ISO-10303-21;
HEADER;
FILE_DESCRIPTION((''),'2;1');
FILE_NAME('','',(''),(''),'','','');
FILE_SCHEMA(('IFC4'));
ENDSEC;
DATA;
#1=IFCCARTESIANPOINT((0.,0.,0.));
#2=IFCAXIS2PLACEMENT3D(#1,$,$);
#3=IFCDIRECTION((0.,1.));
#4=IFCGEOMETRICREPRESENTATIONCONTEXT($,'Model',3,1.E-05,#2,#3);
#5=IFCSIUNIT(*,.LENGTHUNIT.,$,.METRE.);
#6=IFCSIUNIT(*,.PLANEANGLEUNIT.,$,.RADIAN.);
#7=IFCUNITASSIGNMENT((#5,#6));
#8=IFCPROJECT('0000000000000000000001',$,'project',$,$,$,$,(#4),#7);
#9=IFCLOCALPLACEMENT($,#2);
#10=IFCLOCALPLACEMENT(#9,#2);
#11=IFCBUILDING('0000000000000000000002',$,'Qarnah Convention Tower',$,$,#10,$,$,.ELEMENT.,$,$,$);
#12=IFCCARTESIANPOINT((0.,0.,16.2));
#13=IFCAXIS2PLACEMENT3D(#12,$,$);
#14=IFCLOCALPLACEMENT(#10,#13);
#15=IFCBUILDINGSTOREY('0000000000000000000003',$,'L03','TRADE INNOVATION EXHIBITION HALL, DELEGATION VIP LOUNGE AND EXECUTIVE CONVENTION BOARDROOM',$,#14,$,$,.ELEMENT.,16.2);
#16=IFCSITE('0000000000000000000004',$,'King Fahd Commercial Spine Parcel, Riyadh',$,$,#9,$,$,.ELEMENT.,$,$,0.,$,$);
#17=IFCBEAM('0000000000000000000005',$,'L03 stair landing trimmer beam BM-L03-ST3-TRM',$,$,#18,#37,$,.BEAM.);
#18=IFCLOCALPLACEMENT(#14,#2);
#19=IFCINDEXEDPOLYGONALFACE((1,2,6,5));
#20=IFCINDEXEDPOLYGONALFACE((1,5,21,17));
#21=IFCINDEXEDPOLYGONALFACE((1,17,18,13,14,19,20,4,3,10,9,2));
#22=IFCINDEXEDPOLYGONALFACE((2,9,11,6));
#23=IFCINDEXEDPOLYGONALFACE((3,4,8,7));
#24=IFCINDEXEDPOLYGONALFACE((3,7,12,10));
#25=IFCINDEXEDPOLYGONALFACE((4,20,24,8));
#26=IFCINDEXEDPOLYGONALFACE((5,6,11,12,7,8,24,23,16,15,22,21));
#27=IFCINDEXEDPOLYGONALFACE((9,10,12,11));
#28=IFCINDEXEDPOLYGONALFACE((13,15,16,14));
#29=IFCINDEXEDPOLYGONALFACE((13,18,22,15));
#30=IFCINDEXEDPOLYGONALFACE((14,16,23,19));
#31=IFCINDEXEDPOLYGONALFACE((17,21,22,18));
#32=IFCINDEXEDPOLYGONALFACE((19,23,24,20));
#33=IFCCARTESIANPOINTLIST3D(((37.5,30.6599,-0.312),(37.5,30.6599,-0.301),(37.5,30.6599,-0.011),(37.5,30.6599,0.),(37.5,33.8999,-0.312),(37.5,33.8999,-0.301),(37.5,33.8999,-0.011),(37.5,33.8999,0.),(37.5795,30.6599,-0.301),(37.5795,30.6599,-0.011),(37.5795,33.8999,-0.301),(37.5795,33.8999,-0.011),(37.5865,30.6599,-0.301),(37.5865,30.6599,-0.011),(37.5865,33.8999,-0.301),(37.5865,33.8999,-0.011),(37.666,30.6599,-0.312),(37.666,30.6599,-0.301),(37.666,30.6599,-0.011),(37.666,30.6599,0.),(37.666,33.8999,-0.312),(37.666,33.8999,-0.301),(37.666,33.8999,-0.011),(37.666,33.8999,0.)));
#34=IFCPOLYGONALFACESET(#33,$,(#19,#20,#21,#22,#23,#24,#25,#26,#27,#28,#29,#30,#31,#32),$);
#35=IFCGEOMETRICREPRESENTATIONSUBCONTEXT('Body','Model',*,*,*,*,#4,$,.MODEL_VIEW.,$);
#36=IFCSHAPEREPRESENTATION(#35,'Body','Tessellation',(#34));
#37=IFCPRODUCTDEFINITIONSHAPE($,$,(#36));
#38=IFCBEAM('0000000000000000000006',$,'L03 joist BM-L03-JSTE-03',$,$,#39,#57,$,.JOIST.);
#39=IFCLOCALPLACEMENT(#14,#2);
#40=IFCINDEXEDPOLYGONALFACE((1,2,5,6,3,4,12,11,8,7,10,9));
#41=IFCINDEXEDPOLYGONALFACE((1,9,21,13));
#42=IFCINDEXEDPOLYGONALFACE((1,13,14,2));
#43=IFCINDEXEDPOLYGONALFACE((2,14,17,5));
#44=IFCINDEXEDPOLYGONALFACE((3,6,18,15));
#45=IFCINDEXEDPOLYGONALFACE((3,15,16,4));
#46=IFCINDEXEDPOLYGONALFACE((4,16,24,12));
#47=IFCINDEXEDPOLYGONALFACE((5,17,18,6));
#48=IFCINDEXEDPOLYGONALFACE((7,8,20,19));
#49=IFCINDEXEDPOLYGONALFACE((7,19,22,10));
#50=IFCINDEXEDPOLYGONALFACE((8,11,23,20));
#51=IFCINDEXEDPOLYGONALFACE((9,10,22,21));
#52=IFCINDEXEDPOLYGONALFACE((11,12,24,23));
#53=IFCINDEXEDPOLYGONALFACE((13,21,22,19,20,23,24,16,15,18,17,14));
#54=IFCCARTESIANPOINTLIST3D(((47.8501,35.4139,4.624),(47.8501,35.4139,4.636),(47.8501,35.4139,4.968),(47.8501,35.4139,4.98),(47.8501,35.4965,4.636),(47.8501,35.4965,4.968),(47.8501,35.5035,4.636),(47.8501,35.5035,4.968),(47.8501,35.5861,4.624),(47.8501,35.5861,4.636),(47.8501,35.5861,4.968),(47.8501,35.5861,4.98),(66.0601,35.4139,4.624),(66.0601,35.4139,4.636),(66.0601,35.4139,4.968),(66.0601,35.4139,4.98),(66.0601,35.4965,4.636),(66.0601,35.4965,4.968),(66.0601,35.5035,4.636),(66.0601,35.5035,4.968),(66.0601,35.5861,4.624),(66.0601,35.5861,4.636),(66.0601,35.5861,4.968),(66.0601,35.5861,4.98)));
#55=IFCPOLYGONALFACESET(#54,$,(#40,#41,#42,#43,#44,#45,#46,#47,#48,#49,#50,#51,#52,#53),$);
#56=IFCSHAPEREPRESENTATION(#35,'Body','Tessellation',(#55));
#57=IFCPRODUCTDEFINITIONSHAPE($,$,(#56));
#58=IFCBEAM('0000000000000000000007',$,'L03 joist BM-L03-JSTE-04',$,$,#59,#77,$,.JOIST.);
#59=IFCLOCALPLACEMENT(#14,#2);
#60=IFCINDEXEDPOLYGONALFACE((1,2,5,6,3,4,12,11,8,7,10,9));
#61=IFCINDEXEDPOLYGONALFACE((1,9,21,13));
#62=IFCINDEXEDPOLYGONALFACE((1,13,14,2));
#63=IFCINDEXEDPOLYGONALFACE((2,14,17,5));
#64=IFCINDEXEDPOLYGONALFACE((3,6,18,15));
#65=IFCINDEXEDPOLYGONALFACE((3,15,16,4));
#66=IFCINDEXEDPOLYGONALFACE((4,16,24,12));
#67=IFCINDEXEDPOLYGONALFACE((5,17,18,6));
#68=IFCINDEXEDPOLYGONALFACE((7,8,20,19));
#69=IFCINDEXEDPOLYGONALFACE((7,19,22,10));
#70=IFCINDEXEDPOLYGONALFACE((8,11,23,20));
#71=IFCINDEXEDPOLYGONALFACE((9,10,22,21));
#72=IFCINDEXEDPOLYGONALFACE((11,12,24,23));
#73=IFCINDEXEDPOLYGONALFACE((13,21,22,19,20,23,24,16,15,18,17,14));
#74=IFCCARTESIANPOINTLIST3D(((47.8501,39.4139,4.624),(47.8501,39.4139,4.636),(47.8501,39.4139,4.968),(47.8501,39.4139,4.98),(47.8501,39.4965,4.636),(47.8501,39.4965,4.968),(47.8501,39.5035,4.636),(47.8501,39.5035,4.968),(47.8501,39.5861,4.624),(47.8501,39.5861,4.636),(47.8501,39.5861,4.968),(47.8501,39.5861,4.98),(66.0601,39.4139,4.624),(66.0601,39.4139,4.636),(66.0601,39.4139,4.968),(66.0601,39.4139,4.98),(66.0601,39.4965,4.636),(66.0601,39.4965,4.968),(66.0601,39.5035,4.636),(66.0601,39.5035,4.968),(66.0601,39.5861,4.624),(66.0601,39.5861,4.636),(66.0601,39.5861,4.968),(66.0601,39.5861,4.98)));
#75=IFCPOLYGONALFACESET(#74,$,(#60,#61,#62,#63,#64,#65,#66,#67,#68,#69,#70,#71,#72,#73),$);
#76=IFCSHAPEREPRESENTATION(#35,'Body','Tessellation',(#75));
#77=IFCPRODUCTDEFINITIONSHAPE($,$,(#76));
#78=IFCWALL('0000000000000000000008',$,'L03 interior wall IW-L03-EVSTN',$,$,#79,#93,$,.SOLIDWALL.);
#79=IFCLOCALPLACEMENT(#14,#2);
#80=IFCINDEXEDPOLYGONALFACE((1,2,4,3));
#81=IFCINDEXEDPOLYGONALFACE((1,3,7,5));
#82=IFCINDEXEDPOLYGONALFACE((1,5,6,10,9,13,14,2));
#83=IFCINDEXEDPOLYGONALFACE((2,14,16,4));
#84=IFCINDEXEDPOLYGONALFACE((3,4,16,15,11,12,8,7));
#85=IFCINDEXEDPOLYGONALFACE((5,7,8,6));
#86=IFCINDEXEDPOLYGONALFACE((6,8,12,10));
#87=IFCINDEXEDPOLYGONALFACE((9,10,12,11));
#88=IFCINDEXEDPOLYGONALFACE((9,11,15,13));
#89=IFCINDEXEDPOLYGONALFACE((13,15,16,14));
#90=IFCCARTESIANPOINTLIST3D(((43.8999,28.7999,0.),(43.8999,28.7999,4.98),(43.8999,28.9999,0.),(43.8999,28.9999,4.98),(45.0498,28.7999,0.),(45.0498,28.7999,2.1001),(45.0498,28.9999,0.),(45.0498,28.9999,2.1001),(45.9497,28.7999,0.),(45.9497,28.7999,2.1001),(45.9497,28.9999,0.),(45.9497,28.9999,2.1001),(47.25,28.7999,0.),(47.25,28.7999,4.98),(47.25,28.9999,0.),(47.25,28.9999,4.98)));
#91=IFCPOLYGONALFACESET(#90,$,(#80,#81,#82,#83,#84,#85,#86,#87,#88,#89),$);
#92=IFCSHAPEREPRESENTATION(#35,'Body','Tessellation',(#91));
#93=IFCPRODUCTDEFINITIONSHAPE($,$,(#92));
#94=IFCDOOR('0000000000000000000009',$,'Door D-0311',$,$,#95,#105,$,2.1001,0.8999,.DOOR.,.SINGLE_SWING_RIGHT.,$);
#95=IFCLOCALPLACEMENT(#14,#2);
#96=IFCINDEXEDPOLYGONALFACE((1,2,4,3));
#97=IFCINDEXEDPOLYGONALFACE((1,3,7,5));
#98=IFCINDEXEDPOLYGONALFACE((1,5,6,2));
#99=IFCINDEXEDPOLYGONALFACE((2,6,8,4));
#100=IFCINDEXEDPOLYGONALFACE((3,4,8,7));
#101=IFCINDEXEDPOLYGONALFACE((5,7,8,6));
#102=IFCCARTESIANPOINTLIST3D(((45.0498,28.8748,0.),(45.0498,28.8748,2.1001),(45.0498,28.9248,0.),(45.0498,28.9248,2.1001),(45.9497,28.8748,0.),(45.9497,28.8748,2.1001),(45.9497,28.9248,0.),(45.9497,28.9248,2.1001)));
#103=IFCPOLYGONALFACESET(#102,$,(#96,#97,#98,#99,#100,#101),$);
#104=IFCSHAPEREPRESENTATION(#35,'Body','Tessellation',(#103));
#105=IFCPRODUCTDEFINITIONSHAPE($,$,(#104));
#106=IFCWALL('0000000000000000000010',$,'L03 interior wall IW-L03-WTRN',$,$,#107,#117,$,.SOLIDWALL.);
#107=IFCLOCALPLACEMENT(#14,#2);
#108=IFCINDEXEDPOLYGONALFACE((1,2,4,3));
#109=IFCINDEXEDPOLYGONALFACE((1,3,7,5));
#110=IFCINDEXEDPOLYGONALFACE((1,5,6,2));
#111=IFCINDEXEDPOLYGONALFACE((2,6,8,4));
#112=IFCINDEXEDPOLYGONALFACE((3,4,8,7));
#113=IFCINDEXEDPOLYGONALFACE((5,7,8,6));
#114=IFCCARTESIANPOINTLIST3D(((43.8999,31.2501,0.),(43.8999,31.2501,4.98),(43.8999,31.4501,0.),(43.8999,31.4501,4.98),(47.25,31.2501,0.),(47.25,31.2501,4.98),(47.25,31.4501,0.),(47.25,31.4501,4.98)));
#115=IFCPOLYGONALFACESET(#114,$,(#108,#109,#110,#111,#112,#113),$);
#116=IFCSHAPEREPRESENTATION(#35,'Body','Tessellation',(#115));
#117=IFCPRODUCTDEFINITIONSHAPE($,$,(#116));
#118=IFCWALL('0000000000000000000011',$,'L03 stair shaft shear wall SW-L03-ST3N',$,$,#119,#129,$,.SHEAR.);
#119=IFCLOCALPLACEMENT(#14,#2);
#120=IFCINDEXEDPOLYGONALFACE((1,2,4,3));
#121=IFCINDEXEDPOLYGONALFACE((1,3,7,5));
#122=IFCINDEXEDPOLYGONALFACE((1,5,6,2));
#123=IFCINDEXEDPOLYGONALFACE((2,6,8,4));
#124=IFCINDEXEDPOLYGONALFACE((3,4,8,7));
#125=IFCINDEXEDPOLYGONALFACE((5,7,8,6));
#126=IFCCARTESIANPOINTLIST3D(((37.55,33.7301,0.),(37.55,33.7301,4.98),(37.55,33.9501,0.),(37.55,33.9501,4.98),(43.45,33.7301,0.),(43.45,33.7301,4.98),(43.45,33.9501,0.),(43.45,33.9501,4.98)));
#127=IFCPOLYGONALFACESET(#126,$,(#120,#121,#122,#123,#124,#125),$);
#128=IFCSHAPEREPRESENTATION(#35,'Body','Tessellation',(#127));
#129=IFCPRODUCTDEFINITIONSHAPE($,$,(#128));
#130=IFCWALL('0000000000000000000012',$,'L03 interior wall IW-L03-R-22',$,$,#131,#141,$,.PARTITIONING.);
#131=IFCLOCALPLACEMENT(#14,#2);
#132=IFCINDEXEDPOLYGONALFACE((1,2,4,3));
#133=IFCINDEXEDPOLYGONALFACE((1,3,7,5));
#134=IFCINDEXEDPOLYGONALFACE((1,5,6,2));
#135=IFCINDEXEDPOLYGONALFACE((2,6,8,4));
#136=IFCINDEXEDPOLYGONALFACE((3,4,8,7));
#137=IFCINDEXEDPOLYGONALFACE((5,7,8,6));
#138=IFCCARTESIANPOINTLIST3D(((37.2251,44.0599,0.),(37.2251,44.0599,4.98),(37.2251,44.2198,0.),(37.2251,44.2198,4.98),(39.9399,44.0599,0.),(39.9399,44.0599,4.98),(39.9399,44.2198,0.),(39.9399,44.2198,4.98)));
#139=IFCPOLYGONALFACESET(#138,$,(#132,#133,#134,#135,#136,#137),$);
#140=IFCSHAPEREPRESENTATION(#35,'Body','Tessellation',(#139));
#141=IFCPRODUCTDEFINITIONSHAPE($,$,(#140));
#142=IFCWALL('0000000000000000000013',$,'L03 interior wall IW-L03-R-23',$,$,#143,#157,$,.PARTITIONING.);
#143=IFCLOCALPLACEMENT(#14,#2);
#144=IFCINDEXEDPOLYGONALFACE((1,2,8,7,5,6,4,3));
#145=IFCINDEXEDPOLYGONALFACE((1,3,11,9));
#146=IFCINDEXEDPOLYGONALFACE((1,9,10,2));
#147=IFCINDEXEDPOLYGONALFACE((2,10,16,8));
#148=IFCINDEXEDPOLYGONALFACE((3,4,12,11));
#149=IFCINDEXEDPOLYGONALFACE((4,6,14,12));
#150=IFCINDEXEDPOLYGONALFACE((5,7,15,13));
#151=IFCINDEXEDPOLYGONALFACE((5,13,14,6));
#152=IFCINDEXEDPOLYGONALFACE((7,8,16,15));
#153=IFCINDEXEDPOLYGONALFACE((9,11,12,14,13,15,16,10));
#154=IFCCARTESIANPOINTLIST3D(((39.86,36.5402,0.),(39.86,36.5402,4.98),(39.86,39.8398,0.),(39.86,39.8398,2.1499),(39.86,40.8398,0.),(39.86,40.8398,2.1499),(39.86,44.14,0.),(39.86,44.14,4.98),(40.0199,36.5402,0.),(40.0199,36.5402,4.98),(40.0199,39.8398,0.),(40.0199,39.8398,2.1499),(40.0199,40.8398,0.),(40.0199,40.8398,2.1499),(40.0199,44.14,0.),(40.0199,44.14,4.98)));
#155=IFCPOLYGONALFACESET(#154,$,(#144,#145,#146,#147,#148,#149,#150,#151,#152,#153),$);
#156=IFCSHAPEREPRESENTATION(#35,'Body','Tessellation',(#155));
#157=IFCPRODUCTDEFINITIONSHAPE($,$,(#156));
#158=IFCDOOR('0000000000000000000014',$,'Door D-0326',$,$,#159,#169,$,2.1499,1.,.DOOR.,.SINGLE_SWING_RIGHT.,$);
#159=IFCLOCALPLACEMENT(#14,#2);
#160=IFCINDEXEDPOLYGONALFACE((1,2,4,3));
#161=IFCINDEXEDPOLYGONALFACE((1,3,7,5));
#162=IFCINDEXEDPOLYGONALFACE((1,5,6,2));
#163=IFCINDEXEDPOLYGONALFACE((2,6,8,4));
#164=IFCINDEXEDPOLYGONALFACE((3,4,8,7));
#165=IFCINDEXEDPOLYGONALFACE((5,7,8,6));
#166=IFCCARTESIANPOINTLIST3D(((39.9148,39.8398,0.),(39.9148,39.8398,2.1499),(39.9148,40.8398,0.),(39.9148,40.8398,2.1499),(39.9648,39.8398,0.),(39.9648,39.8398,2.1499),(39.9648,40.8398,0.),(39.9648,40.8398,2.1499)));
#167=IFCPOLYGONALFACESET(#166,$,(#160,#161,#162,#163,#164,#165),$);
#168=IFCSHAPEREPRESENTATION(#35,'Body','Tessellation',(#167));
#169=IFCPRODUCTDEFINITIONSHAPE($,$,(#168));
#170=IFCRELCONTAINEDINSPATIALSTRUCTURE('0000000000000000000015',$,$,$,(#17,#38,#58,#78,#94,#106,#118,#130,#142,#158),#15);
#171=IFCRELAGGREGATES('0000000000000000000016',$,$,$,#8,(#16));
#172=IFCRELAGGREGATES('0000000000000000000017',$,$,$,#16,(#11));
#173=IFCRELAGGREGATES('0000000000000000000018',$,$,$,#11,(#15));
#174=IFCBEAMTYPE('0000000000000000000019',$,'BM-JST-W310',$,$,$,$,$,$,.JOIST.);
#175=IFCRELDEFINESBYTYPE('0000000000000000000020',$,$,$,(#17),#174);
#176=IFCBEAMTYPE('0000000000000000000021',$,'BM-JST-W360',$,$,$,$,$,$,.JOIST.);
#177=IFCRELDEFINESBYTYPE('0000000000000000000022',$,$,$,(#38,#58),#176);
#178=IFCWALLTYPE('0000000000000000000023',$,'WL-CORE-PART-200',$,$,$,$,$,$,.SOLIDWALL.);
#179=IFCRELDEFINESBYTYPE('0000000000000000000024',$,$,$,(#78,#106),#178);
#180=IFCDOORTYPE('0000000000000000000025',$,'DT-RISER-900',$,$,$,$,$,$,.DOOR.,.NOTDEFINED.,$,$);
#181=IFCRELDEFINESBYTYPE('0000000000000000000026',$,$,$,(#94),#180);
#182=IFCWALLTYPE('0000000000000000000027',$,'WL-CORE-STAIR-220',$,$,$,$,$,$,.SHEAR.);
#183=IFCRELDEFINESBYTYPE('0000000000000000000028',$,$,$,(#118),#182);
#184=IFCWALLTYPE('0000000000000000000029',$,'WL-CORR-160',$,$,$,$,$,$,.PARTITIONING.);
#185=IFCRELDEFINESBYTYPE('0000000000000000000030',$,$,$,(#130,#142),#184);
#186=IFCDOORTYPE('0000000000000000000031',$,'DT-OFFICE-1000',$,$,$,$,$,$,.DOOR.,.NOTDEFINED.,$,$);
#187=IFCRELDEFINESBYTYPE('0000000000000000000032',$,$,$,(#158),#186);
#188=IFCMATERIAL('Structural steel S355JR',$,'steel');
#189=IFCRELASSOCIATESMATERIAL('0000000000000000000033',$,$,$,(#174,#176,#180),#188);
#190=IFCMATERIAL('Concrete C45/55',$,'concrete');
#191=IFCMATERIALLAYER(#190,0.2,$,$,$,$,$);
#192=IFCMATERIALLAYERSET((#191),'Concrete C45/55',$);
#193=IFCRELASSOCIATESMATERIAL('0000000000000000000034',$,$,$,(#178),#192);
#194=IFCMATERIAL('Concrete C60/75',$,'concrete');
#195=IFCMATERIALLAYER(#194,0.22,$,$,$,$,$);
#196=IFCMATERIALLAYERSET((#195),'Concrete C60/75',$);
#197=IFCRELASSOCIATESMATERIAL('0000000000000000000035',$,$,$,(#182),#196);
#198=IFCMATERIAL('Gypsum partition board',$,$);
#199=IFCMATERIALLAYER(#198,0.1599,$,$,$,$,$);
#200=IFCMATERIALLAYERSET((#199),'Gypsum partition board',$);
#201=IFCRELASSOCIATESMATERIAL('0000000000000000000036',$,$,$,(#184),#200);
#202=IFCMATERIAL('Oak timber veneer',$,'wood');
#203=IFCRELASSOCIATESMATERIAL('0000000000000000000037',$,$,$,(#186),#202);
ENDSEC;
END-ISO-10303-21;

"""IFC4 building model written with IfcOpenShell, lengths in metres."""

from ifc_helpers import new_model, si_unit, direction, frame, frame_2d, origin, origin_2d, place, context, subcontext, project, spatial, rectangle, i_section, extrude, material, layer, layer_set, material_profile, profile_set, type_object, element, fill, save


model = new_model("IFC4")

# Units and contexts
model_context = context("Model", 3, precision=1e-05, world=origin(), true_north=direction((0.0, 1.0)))
body_context = subcontext(model_context, "Body", "Model", "MODEL_VIEW")
ifc_project = project(units=[si_unit("LENGTHUNIT", "METRE"), si_unit("PLANEANGLEUNIT", "RADIAN")], contexts=[model_context])

# Site, building, storey
site_placement = place(None, origin())
site = spatial("IfcSite", under=ifc_project, at=site_placement, Name="King Fahd Commercial Spine Parcel, Riyadh", CompositionType="ELEMENT", RefElevation=0.0)
building_placement = place(site_placement, origin())
building = spatial("IfcBuilding", under=site, at=building_placement, Name="Qarnah Convention Tower", CompositionType="ELEMENT")
storey_placement = place(building_placement, frame((0.0, 0.0, 16.2)))
storey = spatial("IfcBuildingStorey", under=building, at=storey_placement, Name="L03", Description="TRADE INNOVATION EXHIBITION HALL, DELEGATION VIP LOUNGE AND EXECUTIVE CONVENTION BOARDROOM", CompositionType="ELEMENT", Elevation=16.2)

# Beams
ifc_material_1 = material(Name="Structural steel S355JR", Category="steel")
ifc_material_profile_1 = material_profile(ifc_material_1, i_section(OverallWidth=0.166, OverallDepth=0.312, WebThickness=0.0071, FlangeThickness=0.011, at=origin_2d()), Name="W310X45")
ifc_profile_set_1 = profile_set([ifc_material_profile_1], Name="Structural steel S355JR")
beam_type_1 = type_object("IfcBeamType", Name="BM-JST-W310", PredefinedType="JOIST", material=ifc_profile_set_1)
beam_placement = place(storey_placement, frame((37.583, 30.6599, -0.156), z_axis=(0.0, 1.0, 0.0), x_axis=(-1.0, 0.0, 0.0)))
element("IfcBeam", 1, at=beam_placement, inside=storey, type_object=beam_type_1, Name="L03 stair landing trimmer beam BM-L03-ST3-TRM", PredefinedType="BEAM", context=body_context, shape_type="SweptSolid", body=[
    extrude(i_section(OverallWidth=0.166, OverallDepth=0.312, WebThickness=0.0071, FlangeThickness=0.011, at=origin_2d()), origin(), (0.0, 0.0, 1.0), 3.24),
])
ifc_material_profile_2 = material_profile(ifc_material_1, i_section(OverallWidth=0.1721, OverallDepth=0.356, WebThickness=0.0071, FlangeThickness=0.012, at=origin_2d()), Name="W360X51")
ifc_profile_set_2 = profile_set([ifc_material_profile_2], Name="Structural steel S355JR")
beam_type_2 = type_object("IfcBeamType", Name="BM-JST-W360", PredefinedType="JOIST", material=ifc_profile_set_2)
for number, where, z_axis, x_axis, name in (
    (2, (47.8501, 35.5, 4.802), (1.0, 0.0, 0.0), (0.0, 1.0, 0.0), "L03 joist BM-L03-JSTE-03"),
    (3, (47.8501, 39.5, 4.802), (1.0, 0.0, 0.0), (0.0, 1.0, 0.0), "L03 joist BM-L03-JSTE-04"),
):
    element("IfcBeam", number, at=place(storey_placement, frame(where, z_axis=z_axis, x_axis=x_axis)), inside=storey, type_object=beam_type_2, Name=name, PredefinedType="JOIST", context=body_context, shape_type="SweptSolid", body=[
        extrude(i_section(OverallWidth=0.1721, OverallDepth=0.356, WebThickness=0.0071, FlangeThickness=0.012, at=origin_2d()), origin(), (0.0, 0.0, 1.0), 18.21),
    ])

# Wall, opening, door
ifc_material_2 = material(Name="Concrete C45/55", Category="concrete")
ifc_layer_1 = layer(ifc_material_2, 0.2)
ifc_layer_set_1 = layer_set([ifc_layer_1], Name="Concrete C45/55")
wall_type_1 = type_object("IfcWallType", Name="WL-CORE-PART-200", PredefinedType="SOLIDWALL", material=ifc_layer_set_1)
wall_1_placement = place(storey_placement, frame((43.8999, 28.8999, 0.0), z_axis=(0.0, 0.0, 1.0), x_axis=(1.0, 0.0, 0.0)))
wall_1 = element("IfcWall", 4, at=wall_1_placement, inside=storey, type_object=wall_type_1, Name="L03 interior wall IW-L03-EVSTN", PredefinedType="SOLIDWALL", context=body_context, shape_type="SweptSolid", body=[
    extrude(rectangle(XDim=3.3501, YDim=0.2, at=frame_2d((1.675, 0.0))), origin(), (0.0, 0.0, 1.0), 4.98),
])
opening_1_placement = place(wall_1_placement, frame((1.1499, 0.0, 0.0)))
opening_1 = element("IfcOpeningElement", 5, at=opening_1_placement, cuts=wall_1, PredefinedType="OPENING", context=body_context, shape_type="SweptSolid", body=[
    extrude(rectangle(XDim=0.8999, YDim=2.1001, at=frame_2d((0.45, 1.05))), frame((0.0, 0.1099, 0.0), z_axis=(0.0, -1.0, 0.0), x_axis=(1.0, 0.0, 0.0)), (0.0, 0.0, 1.0), 0.22),
])
door_type_1 = type_object("IfcDoorType", Name="DT-RISER-900", OperationType="NOTDEFINED", PredefinedType="DOOR", material=ifc_material_1)
door_1_placement = place(opening_1_placement, origin())
door_1 = element("IfcDoor", 6, at=door_1_placement, inside=storey, type_object=door_type_1, Name="Door D-0311", OperationType="SINGLE_SWING_RIGHT", OverallHeight=2.1001, OverallWidth=0.8999, PredefinedType="DOOR", context=body_context, shape_type="SweptSolid", body=[
    extrude(rectangle(XDim=0.8999, YDim=2.1001, at=frame_2d((0.45, 1.05))), frame((0.0, 0.0249, 0.0), z_axis=(0.0, -1.0, 0.0), x_axis=(1.0, 0.0, 0.0)), (0.0, 0.0, 1.0), 0.05),
])
fill(opening_1, door_1)

# Walls
wall_2_placement = place(storey_placement, frame((43.8999, 31.3501, 0.0), z_axis=(0.0, 0.0, 1.0), x_axis=(1.0, 0.0, 0.0)))
element("IfcWall", 7, at=wall_2_placement, inside=storey, type_object=wall_type_1, Name="L03 interior wall IW-L03-WTRN", PredefinedType="SOLIDWALL", context=body_context, shape_type="SweptSolid", body=[
    extrude(rectangle(XDim=3.3501, YDim=0.2, at=frame_2d((1.675, 0.0))), origin(), (0.0, 0.0, 1.0), 4.98),
])
ifc_material_3 = material(Name="Concrete C60/75", Category="concrete")
ifc_layer_2 = layer(ifc_material_3, 0.22)
ifc_layer_set_2 = layer_set([ifc_layer_2], Name="Concrete C60/75")
wall_type_2 = type_object("IfcWallType", Name="WL-CORE-STAIR-220", PredefinedType="SHEAR", material=ifc_layer_set_2)
wall_3_placement = place(storey_placement, frame((37.55, 33.8401, 0.0), z_axis=(0.0, 0.0, 1.0), x_axis=(1.0, 0.0, 0.0)))
element("IfcWall", 8, at=wall_3_placement, inside=storey, type_object=wall_type_2, Name="L03 stair shaft shear wall SW-L03-ST3N", PredefinedType="SHEAR", context=body_context, shape_type="SweptSolid", body=[
    extrude(rectangle(XDim=5.8999, YDim=0.22, at=frame_2d((2.95, 0.0))), origin(), (0.0, 0.0, 1.0), 4.98),
])
ifc_material_4 = material(Name="Gypsum partition board")
ifc_layer_3 = layer(ifc_material_4, 0.1599)
ifc_layer_set_3 = layer_set([ifc_layer_3], Name="Gypsum partition board")
wall_type_3 = type_object("IfcWallType", Name="WL-CORR-160", PredefinedType="PARTITIONING", material=ifc_layer_set_3)
wall_4_placement = place(storey_placement, frame((37.2251, 44.1399, 0.0), z_axis=(0.0, 0.0, 1.0), x_axis=(1.0, 0.0, 0.0)))
element("IfcWall", 9, at=wall_4_placement, inside=storey, type_object=wall_type_3, Name="L03 interior wall IW-L03-R-22", PredefinedType="PARTITIONING", context=body_context, shape_type="SweptSolid", body=[
    extrude(rectangle(XDim=2.7148, YDim=0.1599, at=frame_2d((1.3574, 0.0))), origin(), (0.0, 0.0, 1.0), 4.98),
])

# Wall, opening, door
wall_5_placement = place(storey_placement, frame((39.9399, 44.1399, 0.0), z_axis=(0.0, 0.0, 1.0), x_axis=(0.0, -1.0, 0.0)))
wall_5 = element("IfcWall", 10, at=wall_5_placement, inside=storey, type_object=wall_type_3, Name="L03 interior wall IW-L03-R-23", PredefinedType="PARTITIONING", context=body_context, shape_type="SweptSolid", body=[
    extrude(rectangle(XDim=7.5999, YDim=0.1599, at=frame_2d((3.7998, 0.0))), origin(), (0.0, 0.0, 1.0), 4.98),
])
opening_2_placement = place(wall_5_placement, frame((3.3, 0.0, 0.0)))
opening_2 = element("IfcOpeningElement", 11, at=opening_2_placement, cuts=wall_5, PredefinedType="OPENING", context=body_context, shape_type="SweptSolid", body=[
    extrude(rectangle(XDim=1.0, YDim=2.1499, at=frame_2d((0.5, 1.075))), frame((0.0, 0.0898, 0.0), z_axis=(0.0, -1.0, 0.0), x_axis=(1.0, 0.0, 0.0)), (0.0, 0.0, 1.0), 0.1799),
])
ifc_material_5 = material(Name="Oak timber veneer", Category="wood")
door_type_2 = type_object("IfcDoorType", Name="DT-OFFICE-1000", OperationType="NOTDEFINED", PredefinedType="DOOR", material=ifc_material_5)
door_2_placement = place(opening_2_placement, origin())
door_2 = element("IfcDoor", 12, at=door_2_placement, inside=storey, type_object=door_type_2, Name="Door D-0326", OperationType="SINGLE_SWING_RIGHT", OverallHeight=2.1499, OverallWidth=1.0, PredefinedType="DOOR", context=body_context, shape_type="SweptSolid", body=[
    extrude(rectangle(XDim=1.0, YDim=2.1499, at=frame_2d((0.5, 1.075))), frame((0.0, 0.0249, 0.0), z_axis=(0.0, -1.0, 0.0), x_axis=(1.0, 0.0, 0.0)), (0.0, 0.0, 1.0), 0.05),
])
fill(opening_2, door_2)

save(model, "model.ifc")
